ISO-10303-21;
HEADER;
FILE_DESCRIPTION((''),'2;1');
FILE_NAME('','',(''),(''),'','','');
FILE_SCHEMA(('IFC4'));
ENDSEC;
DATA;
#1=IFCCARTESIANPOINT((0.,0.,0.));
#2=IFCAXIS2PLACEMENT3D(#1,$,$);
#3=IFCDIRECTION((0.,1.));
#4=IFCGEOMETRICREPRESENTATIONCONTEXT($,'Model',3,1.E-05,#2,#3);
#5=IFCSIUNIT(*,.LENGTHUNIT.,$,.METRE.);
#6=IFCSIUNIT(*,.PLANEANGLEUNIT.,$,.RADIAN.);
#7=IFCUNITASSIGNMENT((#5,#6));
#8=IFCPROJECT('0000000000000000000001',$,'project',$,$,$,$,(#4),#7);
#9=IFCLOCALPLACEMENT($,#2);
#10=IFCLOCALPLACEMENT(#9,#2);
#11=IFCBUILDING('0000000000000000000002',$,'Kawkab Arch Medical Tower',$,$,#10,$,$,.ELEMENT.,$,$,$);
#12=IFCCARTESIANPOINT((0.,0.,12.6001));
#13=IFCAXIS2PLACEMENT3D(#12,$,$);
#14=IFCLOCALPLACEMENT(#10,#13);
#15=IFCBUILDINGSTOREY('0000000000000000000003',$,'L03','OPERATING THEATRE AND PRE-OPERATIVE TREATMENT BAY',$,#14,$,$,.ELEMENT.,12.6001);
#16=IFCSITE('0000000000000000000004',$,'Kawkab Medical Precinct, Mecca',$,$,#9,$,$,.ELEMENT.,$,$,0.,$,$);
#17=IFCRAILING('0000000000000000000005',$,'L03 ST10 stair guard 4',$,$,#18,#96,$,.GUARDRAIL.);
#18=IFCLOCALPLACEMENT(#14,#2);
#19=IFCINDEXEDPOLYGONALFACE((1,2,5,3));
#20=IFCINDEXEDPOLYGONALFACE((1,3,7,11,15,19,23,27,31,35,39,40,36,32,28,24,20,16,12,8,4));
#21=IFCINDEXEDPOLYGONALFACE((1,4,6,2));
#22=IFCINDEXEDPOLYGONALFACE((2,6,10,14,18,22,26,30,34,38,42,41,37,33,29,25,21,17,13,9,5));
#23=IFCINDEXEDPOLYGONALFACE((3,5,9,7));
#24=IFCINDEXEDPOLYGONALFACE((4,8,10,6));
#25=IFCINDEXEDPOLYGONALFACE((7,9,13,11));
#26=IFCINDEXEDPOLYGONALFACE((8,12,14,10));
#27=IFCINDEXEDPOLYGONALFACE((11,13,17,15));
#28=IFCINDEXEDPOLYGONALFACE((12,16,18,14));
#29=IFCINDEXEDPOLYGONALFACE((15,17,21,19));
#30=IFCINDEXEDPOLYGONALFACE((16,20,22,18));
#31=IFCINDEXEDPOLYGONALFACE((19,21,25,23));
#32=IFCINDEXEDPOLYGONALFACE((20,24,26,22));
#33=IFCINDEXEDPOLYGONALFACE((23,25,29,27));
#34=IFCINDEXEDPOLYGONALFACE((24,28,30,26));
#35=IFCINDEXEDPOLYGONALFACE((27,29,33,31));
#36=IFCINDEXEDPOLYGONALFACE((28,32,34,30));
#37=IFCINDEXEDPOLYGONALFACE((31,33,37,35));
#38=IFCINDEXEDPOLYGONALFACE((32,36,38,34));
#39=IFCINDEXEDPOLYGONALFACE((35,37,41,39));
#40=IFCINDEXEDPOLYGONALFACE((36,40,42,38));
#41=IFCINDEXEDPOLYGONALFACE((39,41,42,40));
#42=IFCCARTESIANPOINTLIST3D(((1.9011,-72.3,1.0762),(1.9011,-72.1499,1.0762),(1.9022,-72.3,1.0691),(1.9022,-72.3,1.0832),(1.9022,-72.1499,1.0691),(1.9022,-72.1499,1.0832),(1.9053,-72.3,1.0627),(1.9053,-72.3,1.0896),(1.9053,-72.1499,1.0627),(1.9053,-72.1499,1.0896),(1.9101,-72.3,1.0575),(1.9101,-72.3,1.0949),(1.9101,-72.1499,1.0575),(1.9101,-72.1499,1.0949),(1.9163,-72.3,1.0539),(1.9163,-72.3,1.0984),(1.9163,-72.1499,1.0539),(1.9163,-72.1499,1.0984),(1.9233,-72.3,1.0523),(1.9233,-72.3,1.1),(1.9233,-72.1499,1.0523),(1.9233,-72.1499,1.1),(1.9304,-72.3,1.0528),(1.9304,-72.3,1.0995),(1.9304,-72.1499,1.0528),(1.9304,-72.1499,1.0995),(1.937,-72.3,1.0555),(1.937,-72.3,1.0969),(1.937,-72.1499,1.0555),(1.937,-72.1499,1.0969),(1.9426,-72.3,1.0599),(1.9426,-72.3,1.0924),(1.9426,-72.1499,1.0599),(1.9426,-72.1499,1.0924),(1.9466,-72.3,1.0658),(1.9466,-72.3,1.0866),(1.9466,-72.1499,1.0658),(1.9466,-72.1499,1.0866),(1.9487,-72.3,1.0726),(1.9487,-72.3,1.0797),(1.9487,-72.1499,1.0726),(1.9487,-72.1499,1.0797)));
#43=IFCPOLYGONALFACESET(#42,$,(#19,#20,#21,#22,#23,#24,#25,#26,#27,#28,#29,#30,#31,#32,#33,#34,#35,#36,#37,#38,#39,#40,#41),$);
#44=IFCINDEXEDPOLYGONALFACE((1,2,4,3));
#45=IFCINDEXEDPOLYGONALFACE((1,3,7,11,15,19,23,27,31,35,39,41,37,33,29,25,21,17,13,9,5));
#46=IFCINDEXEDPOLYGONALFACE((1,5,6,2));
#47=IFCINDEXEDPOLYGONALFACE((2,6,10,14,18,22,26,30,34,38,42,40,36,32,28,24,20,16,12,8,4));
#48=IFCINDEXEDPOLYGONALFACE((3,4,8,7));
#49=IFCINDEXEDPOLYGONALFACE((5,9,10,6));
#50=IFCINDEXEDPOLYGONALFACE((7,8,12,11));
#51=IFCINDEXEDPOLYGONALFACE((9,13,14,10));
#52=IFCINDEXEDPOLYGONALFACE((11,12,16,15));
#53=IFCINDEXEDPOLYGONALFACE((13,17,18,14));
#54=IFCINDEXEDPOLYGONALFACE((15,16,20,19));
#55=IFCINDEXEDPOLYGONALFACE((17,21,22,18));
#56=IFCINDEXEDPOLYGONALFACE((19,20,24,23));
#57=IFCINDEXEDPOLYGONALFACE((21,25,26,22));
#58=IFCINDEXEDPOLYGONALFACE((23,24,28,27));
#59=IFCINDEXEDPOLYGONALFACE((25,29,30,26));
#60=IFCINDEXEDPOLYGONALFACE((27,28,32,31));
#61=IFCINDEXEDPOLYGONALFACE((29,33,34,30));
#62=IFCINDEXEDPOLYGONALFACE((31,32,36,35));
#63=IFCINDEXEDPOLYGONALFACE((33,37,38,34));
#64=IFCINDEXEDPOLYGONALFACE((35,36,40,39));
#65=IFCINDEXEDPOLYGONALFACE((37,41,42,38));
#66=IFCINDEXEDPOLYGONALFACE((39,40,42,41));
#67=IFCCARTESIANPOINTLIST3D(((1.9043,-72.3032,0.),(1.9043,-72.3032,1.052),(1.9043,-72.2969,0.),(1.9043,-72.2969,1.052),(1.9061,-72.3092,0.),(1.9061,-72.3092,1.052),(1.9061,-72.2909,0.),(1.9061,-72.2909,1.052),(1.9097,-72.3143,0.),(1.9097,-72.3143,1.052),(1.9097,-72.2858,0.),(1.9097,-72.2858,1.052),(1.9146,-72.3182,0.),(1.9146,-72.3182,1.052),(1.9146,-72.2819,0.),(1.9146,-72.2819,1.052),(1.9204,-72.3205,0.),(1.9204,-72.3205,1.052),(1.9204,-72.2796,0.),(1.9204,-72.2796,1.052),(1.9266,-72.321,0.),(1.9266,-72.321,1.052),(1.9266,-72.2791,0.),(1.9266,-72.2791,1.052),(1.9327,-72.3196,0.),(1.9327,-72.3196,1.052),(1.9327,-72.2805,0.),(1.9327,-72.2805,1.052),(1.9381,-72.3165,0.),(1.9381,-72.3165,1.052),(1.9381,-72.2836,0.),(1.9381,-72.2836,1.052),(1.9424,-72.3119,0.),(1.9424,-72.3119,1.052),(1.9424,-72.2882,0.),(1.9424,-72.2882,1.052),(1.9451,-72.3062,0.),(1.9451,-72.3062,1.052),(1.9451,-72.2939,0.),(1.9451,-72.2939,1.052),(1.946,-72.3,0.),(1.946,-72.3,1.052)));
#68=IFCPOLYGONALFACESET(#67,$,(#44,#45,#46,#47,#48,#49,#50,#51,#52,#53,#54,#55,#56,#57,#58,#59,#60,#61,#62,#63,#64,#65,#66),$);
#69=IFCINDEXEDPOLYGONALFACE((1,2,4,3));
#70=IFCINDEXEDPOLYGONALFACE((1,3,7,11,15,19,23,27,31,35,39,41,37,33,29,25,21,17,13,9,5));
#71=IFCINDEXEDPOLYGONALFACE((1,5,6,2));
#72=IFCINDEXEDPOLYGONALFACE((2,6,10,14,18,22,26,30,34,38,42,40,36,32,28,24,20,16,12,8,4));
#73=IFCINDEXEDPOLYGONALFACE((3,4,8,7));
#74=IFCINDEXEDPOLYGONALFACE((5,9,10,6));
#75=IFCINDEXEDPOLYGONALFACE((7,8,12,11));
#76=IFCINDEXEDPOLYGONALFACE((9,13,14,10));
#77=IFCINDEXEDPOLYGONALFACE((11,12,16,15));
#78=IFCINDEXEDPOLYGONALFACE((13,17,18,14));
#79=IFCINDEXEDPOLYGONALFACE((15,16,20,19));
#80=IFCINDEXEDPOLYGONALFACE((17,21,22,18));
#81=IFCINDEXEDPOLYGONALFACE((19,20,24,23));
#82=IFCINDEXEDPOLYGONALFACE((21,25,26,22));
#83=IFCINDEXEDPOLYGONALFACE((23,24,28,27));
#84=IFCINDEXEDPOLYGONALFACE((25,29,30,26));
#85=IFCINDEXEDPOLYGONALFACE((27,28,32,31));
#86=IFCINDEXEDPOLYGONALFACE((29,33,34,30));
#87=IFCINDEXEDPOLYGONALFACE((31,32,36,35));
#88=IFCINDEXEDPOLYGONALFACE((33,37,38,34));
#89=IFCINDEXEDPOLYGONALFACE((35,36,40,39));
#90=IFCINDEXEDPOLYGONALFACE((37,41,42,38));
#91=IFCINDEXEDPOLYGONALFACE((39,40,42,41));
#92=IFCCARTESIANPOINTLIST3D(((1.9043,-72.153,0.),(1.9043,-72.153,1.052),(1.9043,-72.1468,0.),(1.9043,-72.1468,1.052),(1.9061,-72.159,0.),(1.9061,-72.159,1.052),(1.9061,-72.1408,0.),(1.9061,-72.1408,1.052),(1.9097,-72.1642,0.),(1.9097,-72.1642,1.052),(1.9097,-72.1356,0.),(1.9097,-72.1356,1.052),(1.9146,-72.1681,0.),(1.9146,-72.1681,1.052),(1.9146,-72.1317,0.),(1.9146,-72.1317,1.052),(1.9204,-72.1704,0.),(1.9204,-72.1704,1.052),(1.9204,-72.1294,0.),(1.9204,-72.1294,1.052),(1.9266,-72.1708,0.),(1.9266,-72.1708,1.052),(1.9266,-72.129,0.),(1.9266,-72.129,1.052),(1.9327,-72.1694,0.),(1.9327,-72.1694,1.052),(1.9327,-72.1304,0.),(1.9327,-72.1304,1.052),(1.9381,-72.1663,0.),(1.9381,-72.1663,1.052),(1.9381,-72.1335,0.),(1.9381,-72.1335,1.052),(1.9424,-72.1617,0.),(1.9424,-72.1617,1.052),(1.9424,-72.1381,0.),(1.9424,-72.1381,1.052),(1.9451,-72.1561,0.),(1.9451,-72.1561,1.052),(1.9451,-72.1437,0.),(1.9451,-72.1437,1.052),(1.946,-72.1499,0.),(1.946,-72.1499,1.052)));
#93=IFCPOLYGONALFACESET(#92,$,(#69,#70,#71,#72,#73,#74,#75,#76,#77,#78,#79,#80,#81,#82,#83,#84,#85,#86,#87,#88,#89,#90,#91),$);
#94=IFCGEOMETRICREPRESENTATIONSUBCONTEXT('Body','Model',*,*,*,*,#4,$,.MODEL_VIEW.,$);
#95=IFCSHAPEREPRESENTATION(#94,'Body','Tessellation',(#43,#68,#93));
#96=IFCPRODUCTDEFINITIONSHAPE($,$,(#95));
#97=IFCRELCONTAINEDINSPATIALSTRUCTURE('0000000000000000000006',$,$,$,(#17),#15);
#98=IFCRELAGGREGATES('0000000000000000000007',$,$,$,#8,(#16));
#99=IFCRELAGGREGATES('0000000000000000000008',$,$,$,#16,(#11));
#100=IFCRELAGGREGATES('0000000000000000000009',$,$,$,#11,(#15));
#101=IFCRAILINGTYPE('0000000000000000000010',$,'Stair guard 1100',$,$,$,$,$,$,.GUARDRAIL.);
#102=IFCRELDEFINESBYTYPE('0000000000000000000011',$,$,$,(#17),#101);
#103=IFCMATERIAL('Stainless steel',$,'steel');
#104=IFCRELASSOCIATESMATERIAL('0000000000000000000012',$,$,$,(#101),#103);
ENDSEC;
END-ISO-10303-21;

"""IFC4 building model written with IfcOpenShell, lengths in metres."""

from ifc_helpers import new_model, si_unit, direction, frame, origin, origin_2d, place, context, subcontext, project, spatial, circle, extrude, material, type_object, element, save


model = new_model("IFC4")

# Units and contexts
model_context = context("Model", 3, precision=1e-05, world=origin(), true_north=direction((0.0, 1.0)))
body_context = subcontext(model_context, "Body", "Model", "MODEL_VIEW")
ifc_project = project(units=[si_unit("LENGTHUNIT", "METRE"), si_unit("PLANEANGLEUNIT", "RADIAN")], contexts=[model_context])

# Site, building, storey
site_placement = place(None, origin())
site = spatial("IfcSite", under=ifc_project, at=site_placement, Name="Kawkab Medical Precinct, Mecca", CompositionType="ELEMENT", RefElevation=0.0)
building_placement = place(site_placement, origin())
building = spatial("IfcBuilding", under=site, at=building_placement, Name="Kawkab Arch Medical Tower", CompositionType="ELEMENT")
storey_placement = place(building_placement, frame((0.0, 0.0, 12.6001)))
storey = spatial("IfcBuildingStorey", under=building, at=storey_placement, Name="L03", Description="OPERATING THEATRE AND PRE-OPERATIVE TREATMENT BAY", CompositionType="ELEMENT", Elevation=12.6001)

# Railing
ifc_material_1 = material(Name="Stainless steel", Category="steel")
railing_type = type_object("IfcRailingType", Name="Stair guard 1100", PredefinedType="GUARDRAIL", material=ifc_material_1)
railing_1_placement = place(storey_placement, frame((1.925, -72.3, 0.0)))
element("IfcRailing", 1, at=railing_1_placement, inside=storey, type_object=railing_type, Name="L03 ST10 stair guard 4", PredefinedType="GUARDRAIL", context=body_context, shape_type="SweptSolid", body=[
    extrude(circle(Radius=0.0239, at=origin_2d()), frame((0.0, 0.0, 1.0762), z_axis=(0.0, 1.0, 0.0), x_axis=(-1.0, 0.0, 0.0)), (0.0, 0.0, 1.0), 0.1501),
    extrude(circle(Radius=0.021, at=origin_2d()), origin(), (0.0, 0.0, 1.0), 1.052),
    extrude(circle(Radius=0.021, at=origin_2d()), frame((0.0, 0.1501, 0.0)), (0.0, 0.0, 1.0), 1.052),
])

save(model, "model.ifc")
